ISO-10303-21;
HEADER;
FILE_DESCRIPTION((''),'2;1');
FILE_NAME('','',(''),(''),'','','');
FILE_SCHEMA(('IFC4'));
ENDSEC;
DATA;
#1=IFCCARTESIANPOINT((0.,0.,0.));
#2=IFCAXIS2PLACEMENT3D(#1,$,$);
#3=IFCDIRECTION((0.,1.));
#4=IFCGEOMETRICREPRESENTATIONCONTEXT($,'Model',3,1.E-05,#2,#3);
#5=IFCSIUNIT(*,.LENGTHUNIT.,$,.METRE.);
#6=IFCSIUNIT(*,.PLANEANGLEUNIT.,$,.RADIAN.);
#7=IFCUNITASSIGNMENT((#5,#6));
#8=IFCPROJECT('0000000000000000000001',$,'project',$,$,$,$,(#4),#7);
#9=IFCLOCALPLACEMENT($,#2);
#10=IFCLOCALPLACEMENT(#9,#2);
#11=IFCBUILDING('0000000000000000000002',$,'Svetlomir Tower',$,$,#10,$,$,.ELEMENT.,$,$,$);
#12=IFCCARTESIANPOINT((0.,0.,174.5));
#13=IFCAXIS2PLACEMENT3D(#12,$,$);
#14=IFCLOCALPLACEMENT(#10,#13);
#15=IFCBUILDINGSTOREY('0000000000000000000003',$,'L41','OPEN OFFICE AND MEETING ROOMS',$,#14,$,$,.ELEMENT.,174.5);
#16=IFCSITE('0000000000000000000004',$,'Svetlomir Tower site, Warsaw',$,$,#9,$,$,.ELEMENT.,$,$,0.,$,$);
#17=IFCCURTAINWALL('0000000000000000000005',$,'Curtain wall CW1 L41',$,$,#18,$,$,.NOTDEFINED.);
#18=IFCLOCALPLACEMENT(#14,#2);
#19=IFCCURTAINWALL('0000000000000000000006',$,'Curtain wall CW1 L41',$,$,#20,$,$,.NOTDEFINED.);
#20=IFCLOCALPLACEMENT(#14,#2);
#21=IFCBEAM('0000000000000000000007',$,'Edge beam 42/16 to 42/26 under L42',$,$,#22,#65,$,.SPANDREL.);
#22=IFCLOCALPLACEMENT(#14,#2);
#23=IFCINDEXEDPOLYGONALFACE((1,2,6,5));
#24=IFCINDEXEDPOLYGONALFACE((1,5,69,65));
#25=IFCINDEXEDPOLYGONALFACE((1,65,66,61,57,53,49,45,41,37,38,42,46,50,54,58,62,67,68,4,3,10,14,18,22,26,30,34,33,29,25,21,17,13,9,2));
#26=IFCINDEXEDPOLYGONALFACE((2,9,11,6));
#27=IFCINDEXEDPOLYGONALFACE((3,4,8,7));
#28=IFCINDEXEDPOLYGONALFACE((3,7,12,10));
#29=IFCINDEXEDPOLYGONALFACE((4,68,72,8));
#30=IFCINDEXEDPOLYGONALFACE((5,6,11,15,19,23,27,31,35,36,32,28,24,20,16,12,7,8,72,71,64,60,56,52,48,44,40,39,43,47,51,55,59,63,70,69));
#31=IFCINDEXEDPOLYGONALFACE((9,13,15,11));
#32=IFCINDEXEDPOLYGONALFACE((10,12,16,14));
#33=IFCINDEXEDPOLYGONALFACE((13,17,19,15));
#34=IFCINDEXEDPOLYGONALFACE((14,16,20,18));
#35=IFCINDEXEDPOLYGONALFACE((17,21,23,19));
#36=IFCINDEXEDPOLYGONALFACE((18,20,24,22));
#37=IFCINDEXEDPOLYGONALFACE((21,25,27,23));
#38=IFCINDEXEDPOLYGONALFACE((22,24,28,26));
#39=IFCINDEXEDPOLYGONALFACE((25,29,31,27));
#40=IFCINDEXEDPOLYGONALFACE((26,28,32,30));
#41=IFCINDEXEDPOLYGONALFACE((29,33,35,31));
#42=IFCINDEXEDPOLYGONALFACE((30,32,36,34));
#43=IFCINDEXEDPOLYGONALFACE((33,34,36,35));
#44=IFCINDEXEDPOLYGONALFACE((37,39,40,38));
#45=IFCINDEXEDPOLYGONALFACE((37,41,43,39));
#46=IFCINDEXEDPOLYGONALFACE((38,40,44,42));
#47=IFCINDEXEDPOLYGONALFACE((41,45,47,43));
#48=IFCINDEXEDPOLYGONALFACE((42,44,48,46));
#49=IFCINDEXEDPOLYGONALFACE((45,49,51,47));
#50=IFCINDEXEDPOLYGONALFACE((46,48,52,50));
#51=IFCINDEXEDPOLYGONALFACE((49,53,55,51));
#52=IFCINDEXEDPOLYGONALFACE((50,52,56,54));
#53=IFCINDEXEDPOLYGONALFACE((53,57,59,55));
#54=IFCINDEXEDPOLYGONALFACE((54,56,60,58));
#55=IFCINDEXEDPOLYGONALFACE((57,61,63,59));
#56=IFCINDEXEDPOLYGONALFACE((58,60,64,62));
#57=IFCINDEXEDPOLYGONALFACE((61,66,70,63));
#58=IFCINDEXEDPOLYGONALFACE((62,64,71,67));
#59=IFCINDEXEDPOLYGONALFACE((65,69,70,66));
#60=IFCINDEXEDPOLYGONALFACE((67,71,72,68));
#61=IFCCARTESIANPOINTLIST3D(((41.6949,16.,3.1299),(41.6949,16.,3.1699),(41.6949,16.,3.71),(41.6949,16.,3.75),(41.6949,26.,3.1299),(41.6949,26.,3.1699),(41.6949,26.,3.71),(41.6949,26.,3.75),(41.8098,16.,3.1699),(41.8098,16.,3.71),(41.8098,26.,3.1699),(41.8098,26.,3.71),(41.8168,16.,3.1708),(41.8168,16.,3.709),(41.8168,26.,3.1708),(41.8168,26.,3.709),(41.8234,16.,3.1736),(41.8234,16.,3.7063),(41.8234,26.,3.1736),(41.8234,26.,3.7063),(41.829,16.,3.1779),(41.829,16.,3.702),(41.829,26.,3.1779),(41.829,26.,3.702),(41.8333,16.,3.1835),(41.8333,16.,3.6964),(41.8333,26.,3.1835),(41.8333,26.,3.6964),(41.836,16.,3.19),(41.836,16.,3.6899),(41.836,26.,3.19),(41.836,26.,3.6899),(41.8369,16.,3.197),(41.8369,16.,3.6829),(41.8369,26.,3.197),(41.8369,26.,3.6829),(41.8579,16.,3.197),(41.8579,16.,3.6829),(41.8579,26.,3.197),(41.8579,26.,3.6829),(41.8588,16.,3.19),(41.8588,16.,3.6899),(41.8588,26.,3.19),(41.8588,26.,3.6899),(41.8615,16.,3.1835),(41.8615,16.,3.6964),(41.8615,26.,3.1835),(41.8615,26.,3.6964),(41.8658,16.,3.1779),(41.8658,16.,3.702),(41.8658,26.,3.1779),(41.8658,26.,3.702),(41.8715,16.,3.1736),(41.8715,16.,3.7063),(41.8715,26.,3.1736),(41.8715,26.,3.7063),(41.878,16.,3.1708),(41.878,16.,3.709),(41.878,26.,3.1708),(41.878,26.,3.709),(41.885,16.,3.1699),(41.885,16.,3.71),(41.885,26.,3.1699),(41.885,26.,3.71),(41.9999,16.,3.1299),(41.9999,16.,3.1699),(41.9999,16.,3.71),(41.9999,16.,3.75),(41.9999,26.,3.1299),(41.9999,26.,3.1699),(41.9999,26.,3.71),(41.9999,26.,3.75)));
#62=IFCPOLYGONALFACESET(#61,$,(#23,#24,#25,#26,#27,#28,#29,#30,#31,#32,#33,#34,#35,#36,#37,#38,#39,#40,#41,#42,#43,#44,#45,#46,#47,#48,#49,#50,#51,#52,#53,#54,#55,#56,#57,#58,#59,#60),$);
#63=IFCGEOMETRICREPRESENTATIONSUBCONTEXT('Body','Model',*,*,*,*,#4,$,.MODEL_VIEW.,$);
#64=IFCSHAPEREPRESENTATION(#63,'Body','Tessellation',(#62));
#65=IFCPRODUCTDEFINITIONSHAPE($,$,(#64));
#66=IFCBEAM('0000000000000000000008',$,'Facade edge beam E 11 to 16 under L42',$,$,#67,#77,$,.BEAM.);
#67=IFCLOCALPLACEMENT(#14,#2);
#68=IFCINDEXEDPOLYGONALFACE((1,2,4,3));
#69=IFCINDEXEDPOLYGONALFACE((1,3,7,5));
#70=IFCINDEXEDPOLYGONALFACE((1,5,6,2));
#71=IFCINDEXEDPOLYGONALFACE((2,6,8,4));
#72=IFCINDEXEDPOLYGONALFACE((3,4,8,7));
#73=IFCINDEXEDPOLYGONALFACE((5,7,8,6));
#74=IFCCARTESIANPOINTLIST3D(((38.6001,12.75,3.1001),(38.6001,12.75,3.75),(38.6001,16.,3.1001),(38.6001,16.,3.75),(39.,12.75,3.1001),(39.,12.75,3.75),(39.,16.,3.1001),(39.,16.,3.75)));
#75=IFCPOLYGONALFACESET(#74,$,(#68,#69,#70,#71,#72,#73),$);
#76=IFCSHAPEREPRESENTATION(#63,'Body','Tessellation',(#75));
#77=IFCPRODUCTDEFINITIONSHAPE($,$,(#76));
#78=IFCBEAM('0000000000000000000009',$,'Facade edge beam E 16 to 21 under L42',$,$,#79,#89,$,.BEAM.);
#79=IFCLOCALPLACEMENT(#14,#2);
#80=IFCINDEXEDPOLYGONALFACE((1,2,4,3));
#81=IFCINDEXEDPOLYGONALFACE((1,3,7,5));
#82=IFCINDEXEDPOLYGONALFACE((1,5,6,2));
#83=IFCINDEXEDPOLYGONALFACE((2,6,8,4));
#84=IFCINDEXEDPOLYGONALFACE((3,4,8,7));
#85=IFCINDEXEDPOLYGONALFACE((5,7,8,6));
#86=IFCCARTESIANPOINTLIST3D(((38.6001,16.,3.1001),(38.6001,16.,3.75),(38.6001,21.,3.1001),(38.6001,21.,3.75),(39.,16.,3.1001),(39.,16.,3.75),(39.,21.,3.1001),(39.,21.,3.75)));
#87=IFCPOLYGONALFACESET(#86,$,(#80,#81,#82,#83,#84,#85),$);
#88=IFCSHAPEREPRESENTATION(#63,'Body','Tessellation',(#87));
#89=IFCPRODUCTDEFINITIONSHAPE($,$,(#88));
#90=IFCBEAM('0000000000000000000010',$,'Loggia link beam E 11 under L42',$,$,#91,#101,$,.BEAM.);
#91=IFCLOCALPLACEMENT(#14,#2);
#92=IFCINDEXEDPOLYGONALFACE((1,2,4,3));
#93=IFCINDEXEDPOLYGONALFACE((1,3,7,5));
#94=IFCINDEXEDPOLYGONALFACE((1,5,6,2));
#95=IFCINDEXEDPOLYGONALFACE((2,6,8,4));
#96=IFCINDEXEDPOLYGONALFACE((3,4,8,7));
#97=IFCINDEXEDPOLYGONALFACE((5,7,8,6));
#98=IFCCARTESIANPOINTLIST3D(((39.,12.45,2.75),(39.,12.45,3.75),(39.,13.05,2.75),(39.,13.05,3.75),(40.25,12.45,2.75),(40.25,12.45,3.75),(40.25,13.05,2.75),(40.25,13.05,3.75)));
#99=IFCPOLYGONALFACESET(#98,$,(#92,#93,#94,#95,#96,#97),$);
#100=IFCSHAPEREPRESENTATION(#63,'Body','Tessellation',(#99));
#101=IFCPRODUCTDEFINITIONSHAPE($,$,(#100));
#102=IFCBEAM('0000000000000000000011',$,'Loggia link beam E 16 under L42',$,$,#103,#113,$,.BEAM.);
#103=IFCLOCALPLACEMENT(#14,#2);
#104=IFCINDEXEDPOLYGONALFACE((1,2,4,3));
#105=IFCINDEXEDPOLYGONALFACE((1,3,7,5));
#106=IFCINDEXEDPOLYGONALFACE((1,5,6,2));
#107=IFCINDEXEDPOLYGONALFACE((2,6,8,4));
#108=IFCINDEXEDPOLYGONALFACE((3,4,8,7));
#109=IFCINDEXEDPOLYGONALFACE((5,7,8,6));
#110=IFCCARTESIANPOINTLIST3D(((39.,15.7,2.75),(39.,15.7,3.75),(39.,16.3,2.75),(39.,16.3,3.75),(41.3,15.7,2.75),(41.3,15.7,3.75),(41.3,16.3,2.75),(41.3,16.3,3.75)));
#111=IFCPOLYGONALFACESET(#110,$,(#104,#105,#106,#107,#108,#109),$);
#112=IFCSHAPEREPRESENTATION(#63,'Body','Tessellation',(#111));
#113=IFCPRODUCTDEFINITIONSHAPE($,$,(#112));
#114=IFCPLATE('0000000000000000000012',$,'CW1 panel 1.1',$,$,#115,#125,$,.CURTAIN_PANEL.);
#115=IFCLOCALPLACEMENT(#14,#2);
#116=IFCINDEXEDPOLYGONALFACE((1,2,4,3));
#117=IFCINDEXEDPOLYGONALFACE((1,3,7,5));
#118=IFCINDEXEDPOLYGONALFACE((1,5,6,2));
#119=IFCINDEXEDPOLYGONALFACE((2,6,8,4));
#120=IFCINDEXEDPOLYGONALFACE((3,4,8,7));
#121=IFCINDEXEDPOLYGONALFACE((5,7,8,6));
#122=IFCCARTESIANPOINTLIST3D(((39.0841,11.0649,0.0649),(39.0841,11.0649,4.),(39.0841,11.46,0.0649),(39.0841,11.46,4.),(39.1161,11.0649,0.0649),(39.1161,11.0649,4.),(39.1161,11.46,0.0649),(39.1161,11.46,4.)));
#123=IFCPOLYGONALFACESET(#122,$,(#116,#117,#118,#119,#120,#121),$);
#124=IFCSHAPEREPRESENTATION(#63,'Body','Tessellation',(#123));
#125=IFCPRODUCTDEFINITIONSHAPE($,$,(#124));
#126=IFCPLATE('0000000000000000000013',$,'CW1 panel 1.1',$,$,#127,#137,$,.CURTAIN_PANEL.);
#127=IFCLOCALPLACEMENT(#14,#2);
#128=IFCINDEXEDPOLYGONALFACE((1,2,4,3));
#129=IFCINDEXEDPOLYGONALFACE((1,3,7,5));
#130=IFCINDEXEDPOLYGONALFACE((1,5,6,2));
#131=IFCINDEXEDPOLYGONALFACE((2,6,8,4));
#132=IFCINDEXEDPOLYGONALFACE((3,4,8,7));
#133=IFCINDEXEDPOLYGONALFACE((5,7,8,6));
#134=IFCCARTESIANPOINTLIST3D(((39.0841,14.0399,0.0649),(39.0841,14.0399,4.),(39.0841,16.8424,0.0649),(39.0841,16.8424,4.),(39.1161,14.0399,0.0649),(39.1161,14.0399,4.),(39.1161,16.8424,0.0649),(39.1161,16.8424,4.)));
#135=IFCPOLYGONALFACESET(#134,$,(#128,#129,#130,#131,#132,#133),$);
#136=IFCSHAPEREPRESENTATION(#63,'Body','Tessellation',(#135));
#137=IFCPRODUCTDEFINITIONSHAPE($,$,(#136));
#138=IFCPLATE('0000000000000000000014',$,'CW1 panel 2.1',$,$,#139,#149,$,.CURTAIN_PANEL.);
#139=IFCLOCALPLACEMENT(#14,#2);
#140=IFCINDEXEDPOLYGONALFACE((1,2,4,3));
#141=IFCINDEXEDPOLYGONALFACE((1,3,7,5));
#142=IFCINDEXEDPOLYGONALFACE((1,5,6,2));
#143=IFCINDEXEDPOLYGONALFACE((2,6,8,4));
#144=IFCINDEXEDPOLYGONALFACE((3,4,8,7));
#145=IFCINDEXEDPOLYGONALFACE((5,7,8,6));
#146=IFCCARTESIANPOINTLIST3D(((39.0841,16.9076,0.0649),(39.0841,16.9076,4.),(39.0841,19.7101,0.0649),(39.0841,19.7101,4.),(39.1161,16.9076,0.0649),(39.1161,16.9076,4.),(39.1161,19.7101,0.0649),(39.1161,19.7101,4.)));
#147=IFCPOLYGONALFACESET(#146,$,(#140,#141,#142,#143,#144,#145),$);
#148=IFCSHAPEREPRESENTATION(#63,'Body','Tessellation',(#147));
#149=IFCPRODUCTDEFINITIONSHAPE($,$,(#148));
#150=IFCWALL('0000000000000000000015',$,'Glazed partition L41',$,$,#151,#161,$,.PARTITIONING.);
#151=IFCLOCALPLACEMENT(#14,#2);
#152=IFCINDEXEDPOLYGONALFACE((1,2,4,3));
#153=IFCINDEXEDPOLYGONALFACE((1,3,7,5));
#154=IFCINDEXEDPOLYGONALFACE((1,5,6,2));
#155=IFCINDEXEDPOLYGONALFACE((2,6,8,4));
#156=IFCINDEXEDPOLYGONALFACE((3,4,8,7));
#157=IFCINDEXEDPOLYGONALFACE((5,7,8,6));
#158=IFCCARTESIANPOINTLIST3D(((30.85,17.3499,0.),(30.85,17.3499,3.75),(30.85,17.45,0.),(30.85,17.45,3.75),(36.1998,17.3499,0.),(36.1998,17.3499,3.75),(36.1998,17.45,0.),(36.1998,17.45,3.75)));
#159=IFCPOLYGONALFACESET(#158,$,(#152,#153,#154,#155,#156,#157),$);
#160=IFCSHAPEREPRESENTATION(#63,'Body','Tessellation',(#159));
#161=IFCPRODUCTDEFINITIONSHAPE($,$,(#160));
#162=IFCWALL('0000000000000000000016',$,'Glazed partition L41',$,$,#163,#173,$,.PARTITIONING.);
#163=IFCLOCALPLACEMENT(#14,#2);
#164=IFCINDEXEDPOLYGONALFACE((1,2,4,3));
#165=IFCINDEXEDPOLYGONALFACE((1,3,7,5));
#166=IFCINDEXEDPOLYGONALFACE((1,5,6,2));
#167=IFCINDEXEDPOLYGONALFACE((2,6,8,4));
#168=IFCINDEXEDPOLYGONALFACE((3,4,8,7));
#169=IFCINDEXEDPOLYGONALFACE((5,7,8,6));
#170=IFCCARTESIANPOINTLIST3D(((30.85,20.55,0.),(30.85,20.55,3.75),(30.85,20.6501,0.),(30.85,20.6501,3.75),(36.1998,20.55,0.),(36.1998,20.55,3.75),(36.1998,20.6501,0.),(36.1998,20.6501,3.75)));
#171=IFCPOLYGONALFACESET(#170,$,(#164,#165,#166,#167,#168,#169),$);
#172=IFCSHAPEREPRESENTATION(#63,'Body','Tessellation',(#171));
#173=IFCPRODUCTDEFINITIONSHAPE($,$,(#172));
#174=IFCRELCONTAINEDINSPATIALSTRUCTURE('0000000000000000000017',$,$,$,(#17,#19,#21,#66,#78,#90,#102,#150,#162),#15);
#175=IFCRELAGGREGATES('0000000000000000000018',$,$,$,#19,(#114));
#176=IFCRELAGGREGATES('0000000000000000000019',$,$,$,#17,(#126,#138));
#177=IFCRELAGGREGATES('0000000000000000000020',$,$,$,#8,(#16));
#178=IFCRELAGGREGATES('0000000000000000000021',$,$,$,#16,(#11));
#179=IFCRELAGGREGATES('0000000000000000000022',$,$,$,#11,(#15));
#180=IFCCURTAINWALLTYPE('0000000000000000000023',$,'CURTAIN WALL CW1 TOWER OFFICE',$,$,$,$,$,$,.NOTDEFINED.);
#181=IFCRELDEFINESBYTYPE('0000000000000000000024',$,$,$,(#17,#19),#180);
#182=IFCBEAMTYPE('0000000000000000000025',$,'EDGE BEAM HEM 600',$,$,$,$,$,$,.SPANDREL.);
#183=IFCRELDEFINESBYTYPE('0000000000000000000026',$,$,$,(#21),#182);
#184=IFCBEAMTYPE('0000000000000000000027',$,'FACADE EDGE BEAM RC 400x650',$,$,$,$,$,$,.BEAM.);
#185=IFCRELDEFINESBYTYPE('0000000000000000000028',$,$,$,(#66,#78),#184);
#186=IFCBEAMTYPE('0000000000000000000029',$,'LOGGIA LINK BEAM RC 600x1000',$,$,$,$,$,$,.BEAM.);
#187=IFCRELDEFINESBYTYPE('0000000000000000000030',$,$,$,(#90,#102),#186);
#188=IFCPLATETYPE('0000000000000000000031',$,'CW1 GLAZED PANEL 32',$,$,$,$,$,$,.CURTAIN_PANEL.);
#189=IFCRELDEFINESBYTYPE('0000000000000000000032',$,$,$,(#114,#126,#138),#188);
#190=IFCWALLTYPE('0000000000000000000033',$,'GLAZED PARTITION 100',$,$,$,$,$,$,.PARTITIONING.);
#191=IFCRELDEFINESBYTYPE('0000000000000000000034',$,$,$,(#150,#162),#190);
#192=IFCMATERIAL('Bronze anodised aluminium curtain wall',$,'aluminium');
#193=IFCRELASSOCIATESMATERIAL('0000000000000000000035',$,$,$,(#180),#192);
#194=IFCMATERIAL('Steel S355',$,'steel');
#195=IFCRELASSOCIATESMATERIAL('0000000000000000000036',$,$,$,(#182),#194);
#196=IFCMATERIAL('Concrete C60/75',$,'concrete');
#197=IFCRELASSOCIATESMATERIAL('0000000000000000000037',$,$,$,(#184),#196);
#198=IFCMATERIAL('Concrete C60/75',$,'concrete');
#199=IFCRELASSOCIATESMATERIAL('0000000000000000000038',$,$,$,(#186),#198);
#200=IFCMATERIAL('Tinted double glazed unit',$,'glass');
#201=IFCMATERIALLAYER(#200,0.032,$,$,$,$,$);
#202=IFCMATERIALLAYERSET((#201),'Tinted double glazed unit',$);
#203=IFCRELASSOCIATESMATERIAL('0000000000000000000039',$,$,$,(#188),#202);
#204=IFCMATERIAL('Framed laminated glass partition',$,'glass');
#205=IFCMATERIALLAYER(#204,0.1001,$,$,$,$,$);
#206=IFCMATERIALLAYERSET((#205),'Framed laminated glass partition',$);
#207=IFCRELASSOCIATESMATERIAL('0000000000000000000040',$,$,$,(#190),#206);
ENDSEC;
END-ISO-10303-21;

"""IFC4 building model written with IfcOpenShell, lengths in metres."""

from ifc_helpers import new_model, si_unit, direction, frame, frame_2d, origin, origin_2d, place, context, subcontext, project, spatial, rectangle, i_section, extrude, material, layer, layer_set, material_profile, profile_set, type_object, element, aggregate, save


model = new_model("IFC4")

# Units and contexts
model_context = context("Model", 3, precision=1e-05, world=origin(), true_north=direction((0.0, 1.0)))
body_context = subcontext(model_context, "Body", "Model", "MODEL_VIEW")
ifc_project = project(units=[si_unit("LENGTHUNIT", "METRE"), si_unit("PLANEANGLEUNIT", "RADIAN")], contexts=[model_context])

# Site, building, storey
site_placement = place(None, origin())
site = spatial("IfcSite", under=ifc_project, at=site_placement, Name="Svetlomir Tower site, Warsaw", CompositionType="ELEMENT", RefElevation=0.0)
building_placement = place(site_placement, origin())
building = spatial("IfcBuilding", under=site, at=building_placement, Name="Svetlomir Tower", CompositionType="ELEMENT")
storey_placement = place(building_placement, frame((0.0, 0.0, 174.5)))
storey = spatial("IfcBuildingStorey", under=building, at=storey_placement, Name="L41", Description="OPEN OFFICE AND MEETING ROOMS", CompositionType="ELEMENT", Elevation=174.5)

# Curtain walls
ifc_material_1 = material(Name="Bronze anodised aluminium curtain wall", Category="aluminium")
curtain_wall_type = type_object("IfcCurtainWallType", Name="CURTAIN WALL CW1 TOWER OFFICE", PredefinedType="NOTDEFINED", material=ifc_material_1)
curtain_wall_1_placement = place(storey_placement, origin())
curtain_wall_1 = element("IfcCurtainWall", 1, at=curtain_wall_1_placement, inside=storey, type_object=curtain_wall_type, Name="Curtain wall CW1 L41", PredefinedType="NOTDEFINED")
curtain_wall_2_placement = place(storey_placement, origin())
curtain_wall_2 = element("IfcCurtainWall", 2, at=curtain_wall_2_placement, inside=storey, type_object=curtain_wall_type, Name="Curtain wall CW1 L41", PredefinedType="NOTDEFINED")

# Beams
ifc_material_2 = material(Name="Steel S355", Category="steel")
ifc_material_profile_1 = material_profile(ifc_material_2, i_section(OverallWidth=0.3049, OverallDepth=0.6201, WebThickness=0.021, FlangeThickness=0.04, FilletRadius=0.0271, at=origin_2d()), Name="HEM 600")
ifc_profile_set_1 = profile_set([ifc_material_profile_1], Name="Steel S355")
beam_type_1 = type_object("IfcBeamType", Name="EDGE BEAM HEM 600", PredefinedType="SPANDREL", material=ifc_profile_set_1)
beam_1_placement = place(storey_placement, frame((41.8474, 16.0, 3.4399), z_axis=(0.0, 1.0, 0.0), x_axis=(-1.0, 0.0, 0.0)))
element("IfcBeam", 3, at=beam_1_placement, inside=storey, type_object=beam_type_1, Name="Edge beam 42/16 to 42/26 under L42", PredefinedType="SPANDREL", context=body_context, shape_type="SweptSolid", body=[
    extrude(i_section(OverallWidth=0.3049, OverallDepth=0.6201, WebThickness=0.021, FlangeThickness=0.04, FilletRadius=0.0271, at=origin_2d()), origin(), (0.0, 0.0, 1.0), 10.0),
])
ifc_material_3 = material(Name="Concrete C60/75", Category="concrete")
ifc_material_profile_2 = material_profile(ifc_material_3, rectangle(XDim=0.3999, YDim=0.6499, at=origin_2d()), Name="RC 400x650")
ifc_profile_set_2 = profile_set([ifc_material_profile_2], Name="Concrete C60/75")
beam_type_2 = type_object("IfcBeamType", Name="FACADE EDGE BEAM RC 400x650", PredefinedType="BEAM", material=ifc_profile_set_2)
beam_2_placement = place(storey_placement, frame((38.8, 12.75, 3.425), z_axis=(0.0, 1.0, 0.0), x_axis=(-1.0, 0.0, 0.0)))
element("IfcBeam", 4, at=beam_2_placement, inside=storey, type_object=beam_type_2, Name="Facade edge beam E 11 to 16 under L42", PredefinedType="BEAM", context=body_context, shape_type="SweptSolid", body=[
    extrude(rectangle(XDim=0.3999, YDim=0.6499, at=origin_2d()), origin(), (0.0, 0.0, 1.0), 3.25),
])
beam_3_placement = place(storey_placement, frame((38.8, 16.0, 3.425), z_axis=(0.0, 1.0, 0.0), x_axis=(-1.0, 0.0, 0.0)))
element("IfcBeam", 5, at=beam_3_placement, inside=storey, type_object=beam_type_2, Name="Facade edge beam E 16 to 21 under L42", PredefinedType="BEAM", context=body_context, shape_type="SweptSolid", body=[
    extrude(rectangle(XDim=0.3999, YDim=0.6499, at=origin_2d()), origin(), (0.0, 0.0, 1.0), 5.0),
])
ifc_material_4 = material(Name="Concrete C60/75", Category="concrete")
ifc_material_profile_3 = material_profile(ifc_material_4, rectangle(XDim=0.6001, YDim=1.0, at=origin_2d()), Name="RC 600x1000")
ifc_profile_set_3 = profile_set([ifc_material_profile_3], Name="Concrete C60/75")
beam_type_3 = type_object("IfcBeamType", Name="LOGGIA LINK BEAM RC 600x1000", PredefinedType="BEAM", material=ifc_profile_set_3)
beam_4_placement = place(storey_placement, frame((40.25, 12.75, 3.25), z_axis=(-1.0, 0.0, 0.0), x_axis=(0.0, -1.0, 0.0)))
element("IfcBeam", 6, at=beam_4_placement, inside=storey, type_object=beam_type_3, Name="Loggia link beam E 11 under L42", PredefinedType="BEAM", context=body_context, shape_type="SweptSolid", body=[
    extrude(rectangle(XDim=0.6001, YDim=1.0, at=origin_2d()), origin(), (0.0, 0.0, 1.0), 1.25),
])
beam_5_placement = place(storey_placement, frame((41.3, 16.0, 3.25), z_axis=(-1.0, 0.0, 0.0), x_axis=(0.0, -1.0, 0.0)))
element("IfcBeam", 7, at=beam_5_placement, inside=storey, type_object=beam_type_3, Name="Loggia link beam E 16 under L42", PredefinedType="BEAM", context=body_context, shape_type="SweptSolid", body=[
    extrude(rectangle(XDim=0.6001, YDim=1.0, at=origin_2d()), origin(), (0.0, 0.0, 1.0), 2.3),
])

# Plates
ifc_material_5 = material(Name="Tinted double glazed unit", Category="glass")
ifc_layer_1 = layer(ifc_material_5, 0.032)
ifc_layer_set_1 = layer_set([ifc_layer_1], Name="Tinted double glazed unit")
plate_type = type_object("IfcPlateType", Name="CW1 GLAZED PANEL 32", PredefinedType="CURTAIN_PANEL", material=ifc_layer_set_1)
plate_1_placement = place(storey_placement, frame((39.1001, 11.2625, 0.0649), z_axis=(0.0, 0.0, 1.0), x_axis=(0.0, 1.0, 0.0)))
plate_1 = element("IfcPlate", 8, at=plate_1_placement, type_object=plate_type, Name="CW1 panel 1.1", PredefinedType="CURTAIN_PANEL", context=body_context, shape_type="SweptSolid", body=[
    extrude(rectangle(XDim=0.395, YDim=0.032, at=origin_2d()), origin(), (0.0, 0.0, 1.0), 3.9351),
])
aggregate(curtain_wall_2, [plate_1])
plate_2_placement = place(storey_placement, frame((39.1001, 15.4412, 0.0649), z_axis=(0.0, 0.0, 1.0), x_axis=(0.0, 1.0, 0.0)))
plate_2 = element("IfcPlate", 9, at=plate_2_placement, type_object=plate_type, Name="CW1 panel 1.1", PredefinedType="CURTAIN_PANEL", context=body_context, shape_type="SweptSolid", body=[
    extrude(rectangle(XDim=2.8025, YDim=0.032, at=origin_2d()), origin(), (0.0, 0.0, 1.0), 3.9351),
])
plate_3_placement = place(storey_placement, frame((39.1001, 18.3088, 0.0649), z_axis=(0.0, 0.0, 1.0), x_axis=(0.0, 1.0, 0.0)))
plate_3 = element("IfcPlate", 10, at=plate_3_placement, type_object=plate_type, Name="CW1 panel 2.1", PredefinedType="CURTAIN_PANEL", context=body_context, shape_type="SweptSolid", body=[
    extrude(rectangle(XDim=2.8025, YDim=0.032, at=origin_2d()), origin(), (0.0, 0.0, 1.0), 3.9351),
])
aggregate(curtain_wall_1, [plate_2, plate_3])

# Walls
ifc_material_6 = material(Name="Framed laminated glass partition", Category="glass")
ifc_layer_2 = layer(ifc_material_6, 0.1001)
ifc_layer_set_2 = layer_set([ifc_layer_2], Name="Framed laminated glass partition")
wall_type = type_object("IfcWallType", Name="GLAZED PARTITION 100", PredefinedType="PARTITIONING", material=ifc_layer_set_2)
for number, where, z_axis, x_axis, name in (
    (11, (30.8501, 17.3999, 0.0), (0.0, 0.0, 1.0), (1.0, 0.0, 0.0), "Glazed partition L41"),
    (12, (30.8501, 20.6001, 0.0), (0.0, 0.0, 1.0), (1.0, 0.0, 0.0), "Glazed partition L41"),
):
    element("IfcWall", number, at=place(storey_placement, frame(where, z_axis=z_axis, x_axis=x_axis)), inside=storey, type_object=wall_type, Name=name, PredefinedType="PARTITIONING", context=body_context, shape_type="SweptSolid", body=[
        extrude(rectangle(XDim=5.3499, YDim=0.1001, at=frame_2d((2.6748, 0.0))), origin(), (0.0, 0.0, 1.0), 3.75),
    ])

save(model, "model.ifc")
